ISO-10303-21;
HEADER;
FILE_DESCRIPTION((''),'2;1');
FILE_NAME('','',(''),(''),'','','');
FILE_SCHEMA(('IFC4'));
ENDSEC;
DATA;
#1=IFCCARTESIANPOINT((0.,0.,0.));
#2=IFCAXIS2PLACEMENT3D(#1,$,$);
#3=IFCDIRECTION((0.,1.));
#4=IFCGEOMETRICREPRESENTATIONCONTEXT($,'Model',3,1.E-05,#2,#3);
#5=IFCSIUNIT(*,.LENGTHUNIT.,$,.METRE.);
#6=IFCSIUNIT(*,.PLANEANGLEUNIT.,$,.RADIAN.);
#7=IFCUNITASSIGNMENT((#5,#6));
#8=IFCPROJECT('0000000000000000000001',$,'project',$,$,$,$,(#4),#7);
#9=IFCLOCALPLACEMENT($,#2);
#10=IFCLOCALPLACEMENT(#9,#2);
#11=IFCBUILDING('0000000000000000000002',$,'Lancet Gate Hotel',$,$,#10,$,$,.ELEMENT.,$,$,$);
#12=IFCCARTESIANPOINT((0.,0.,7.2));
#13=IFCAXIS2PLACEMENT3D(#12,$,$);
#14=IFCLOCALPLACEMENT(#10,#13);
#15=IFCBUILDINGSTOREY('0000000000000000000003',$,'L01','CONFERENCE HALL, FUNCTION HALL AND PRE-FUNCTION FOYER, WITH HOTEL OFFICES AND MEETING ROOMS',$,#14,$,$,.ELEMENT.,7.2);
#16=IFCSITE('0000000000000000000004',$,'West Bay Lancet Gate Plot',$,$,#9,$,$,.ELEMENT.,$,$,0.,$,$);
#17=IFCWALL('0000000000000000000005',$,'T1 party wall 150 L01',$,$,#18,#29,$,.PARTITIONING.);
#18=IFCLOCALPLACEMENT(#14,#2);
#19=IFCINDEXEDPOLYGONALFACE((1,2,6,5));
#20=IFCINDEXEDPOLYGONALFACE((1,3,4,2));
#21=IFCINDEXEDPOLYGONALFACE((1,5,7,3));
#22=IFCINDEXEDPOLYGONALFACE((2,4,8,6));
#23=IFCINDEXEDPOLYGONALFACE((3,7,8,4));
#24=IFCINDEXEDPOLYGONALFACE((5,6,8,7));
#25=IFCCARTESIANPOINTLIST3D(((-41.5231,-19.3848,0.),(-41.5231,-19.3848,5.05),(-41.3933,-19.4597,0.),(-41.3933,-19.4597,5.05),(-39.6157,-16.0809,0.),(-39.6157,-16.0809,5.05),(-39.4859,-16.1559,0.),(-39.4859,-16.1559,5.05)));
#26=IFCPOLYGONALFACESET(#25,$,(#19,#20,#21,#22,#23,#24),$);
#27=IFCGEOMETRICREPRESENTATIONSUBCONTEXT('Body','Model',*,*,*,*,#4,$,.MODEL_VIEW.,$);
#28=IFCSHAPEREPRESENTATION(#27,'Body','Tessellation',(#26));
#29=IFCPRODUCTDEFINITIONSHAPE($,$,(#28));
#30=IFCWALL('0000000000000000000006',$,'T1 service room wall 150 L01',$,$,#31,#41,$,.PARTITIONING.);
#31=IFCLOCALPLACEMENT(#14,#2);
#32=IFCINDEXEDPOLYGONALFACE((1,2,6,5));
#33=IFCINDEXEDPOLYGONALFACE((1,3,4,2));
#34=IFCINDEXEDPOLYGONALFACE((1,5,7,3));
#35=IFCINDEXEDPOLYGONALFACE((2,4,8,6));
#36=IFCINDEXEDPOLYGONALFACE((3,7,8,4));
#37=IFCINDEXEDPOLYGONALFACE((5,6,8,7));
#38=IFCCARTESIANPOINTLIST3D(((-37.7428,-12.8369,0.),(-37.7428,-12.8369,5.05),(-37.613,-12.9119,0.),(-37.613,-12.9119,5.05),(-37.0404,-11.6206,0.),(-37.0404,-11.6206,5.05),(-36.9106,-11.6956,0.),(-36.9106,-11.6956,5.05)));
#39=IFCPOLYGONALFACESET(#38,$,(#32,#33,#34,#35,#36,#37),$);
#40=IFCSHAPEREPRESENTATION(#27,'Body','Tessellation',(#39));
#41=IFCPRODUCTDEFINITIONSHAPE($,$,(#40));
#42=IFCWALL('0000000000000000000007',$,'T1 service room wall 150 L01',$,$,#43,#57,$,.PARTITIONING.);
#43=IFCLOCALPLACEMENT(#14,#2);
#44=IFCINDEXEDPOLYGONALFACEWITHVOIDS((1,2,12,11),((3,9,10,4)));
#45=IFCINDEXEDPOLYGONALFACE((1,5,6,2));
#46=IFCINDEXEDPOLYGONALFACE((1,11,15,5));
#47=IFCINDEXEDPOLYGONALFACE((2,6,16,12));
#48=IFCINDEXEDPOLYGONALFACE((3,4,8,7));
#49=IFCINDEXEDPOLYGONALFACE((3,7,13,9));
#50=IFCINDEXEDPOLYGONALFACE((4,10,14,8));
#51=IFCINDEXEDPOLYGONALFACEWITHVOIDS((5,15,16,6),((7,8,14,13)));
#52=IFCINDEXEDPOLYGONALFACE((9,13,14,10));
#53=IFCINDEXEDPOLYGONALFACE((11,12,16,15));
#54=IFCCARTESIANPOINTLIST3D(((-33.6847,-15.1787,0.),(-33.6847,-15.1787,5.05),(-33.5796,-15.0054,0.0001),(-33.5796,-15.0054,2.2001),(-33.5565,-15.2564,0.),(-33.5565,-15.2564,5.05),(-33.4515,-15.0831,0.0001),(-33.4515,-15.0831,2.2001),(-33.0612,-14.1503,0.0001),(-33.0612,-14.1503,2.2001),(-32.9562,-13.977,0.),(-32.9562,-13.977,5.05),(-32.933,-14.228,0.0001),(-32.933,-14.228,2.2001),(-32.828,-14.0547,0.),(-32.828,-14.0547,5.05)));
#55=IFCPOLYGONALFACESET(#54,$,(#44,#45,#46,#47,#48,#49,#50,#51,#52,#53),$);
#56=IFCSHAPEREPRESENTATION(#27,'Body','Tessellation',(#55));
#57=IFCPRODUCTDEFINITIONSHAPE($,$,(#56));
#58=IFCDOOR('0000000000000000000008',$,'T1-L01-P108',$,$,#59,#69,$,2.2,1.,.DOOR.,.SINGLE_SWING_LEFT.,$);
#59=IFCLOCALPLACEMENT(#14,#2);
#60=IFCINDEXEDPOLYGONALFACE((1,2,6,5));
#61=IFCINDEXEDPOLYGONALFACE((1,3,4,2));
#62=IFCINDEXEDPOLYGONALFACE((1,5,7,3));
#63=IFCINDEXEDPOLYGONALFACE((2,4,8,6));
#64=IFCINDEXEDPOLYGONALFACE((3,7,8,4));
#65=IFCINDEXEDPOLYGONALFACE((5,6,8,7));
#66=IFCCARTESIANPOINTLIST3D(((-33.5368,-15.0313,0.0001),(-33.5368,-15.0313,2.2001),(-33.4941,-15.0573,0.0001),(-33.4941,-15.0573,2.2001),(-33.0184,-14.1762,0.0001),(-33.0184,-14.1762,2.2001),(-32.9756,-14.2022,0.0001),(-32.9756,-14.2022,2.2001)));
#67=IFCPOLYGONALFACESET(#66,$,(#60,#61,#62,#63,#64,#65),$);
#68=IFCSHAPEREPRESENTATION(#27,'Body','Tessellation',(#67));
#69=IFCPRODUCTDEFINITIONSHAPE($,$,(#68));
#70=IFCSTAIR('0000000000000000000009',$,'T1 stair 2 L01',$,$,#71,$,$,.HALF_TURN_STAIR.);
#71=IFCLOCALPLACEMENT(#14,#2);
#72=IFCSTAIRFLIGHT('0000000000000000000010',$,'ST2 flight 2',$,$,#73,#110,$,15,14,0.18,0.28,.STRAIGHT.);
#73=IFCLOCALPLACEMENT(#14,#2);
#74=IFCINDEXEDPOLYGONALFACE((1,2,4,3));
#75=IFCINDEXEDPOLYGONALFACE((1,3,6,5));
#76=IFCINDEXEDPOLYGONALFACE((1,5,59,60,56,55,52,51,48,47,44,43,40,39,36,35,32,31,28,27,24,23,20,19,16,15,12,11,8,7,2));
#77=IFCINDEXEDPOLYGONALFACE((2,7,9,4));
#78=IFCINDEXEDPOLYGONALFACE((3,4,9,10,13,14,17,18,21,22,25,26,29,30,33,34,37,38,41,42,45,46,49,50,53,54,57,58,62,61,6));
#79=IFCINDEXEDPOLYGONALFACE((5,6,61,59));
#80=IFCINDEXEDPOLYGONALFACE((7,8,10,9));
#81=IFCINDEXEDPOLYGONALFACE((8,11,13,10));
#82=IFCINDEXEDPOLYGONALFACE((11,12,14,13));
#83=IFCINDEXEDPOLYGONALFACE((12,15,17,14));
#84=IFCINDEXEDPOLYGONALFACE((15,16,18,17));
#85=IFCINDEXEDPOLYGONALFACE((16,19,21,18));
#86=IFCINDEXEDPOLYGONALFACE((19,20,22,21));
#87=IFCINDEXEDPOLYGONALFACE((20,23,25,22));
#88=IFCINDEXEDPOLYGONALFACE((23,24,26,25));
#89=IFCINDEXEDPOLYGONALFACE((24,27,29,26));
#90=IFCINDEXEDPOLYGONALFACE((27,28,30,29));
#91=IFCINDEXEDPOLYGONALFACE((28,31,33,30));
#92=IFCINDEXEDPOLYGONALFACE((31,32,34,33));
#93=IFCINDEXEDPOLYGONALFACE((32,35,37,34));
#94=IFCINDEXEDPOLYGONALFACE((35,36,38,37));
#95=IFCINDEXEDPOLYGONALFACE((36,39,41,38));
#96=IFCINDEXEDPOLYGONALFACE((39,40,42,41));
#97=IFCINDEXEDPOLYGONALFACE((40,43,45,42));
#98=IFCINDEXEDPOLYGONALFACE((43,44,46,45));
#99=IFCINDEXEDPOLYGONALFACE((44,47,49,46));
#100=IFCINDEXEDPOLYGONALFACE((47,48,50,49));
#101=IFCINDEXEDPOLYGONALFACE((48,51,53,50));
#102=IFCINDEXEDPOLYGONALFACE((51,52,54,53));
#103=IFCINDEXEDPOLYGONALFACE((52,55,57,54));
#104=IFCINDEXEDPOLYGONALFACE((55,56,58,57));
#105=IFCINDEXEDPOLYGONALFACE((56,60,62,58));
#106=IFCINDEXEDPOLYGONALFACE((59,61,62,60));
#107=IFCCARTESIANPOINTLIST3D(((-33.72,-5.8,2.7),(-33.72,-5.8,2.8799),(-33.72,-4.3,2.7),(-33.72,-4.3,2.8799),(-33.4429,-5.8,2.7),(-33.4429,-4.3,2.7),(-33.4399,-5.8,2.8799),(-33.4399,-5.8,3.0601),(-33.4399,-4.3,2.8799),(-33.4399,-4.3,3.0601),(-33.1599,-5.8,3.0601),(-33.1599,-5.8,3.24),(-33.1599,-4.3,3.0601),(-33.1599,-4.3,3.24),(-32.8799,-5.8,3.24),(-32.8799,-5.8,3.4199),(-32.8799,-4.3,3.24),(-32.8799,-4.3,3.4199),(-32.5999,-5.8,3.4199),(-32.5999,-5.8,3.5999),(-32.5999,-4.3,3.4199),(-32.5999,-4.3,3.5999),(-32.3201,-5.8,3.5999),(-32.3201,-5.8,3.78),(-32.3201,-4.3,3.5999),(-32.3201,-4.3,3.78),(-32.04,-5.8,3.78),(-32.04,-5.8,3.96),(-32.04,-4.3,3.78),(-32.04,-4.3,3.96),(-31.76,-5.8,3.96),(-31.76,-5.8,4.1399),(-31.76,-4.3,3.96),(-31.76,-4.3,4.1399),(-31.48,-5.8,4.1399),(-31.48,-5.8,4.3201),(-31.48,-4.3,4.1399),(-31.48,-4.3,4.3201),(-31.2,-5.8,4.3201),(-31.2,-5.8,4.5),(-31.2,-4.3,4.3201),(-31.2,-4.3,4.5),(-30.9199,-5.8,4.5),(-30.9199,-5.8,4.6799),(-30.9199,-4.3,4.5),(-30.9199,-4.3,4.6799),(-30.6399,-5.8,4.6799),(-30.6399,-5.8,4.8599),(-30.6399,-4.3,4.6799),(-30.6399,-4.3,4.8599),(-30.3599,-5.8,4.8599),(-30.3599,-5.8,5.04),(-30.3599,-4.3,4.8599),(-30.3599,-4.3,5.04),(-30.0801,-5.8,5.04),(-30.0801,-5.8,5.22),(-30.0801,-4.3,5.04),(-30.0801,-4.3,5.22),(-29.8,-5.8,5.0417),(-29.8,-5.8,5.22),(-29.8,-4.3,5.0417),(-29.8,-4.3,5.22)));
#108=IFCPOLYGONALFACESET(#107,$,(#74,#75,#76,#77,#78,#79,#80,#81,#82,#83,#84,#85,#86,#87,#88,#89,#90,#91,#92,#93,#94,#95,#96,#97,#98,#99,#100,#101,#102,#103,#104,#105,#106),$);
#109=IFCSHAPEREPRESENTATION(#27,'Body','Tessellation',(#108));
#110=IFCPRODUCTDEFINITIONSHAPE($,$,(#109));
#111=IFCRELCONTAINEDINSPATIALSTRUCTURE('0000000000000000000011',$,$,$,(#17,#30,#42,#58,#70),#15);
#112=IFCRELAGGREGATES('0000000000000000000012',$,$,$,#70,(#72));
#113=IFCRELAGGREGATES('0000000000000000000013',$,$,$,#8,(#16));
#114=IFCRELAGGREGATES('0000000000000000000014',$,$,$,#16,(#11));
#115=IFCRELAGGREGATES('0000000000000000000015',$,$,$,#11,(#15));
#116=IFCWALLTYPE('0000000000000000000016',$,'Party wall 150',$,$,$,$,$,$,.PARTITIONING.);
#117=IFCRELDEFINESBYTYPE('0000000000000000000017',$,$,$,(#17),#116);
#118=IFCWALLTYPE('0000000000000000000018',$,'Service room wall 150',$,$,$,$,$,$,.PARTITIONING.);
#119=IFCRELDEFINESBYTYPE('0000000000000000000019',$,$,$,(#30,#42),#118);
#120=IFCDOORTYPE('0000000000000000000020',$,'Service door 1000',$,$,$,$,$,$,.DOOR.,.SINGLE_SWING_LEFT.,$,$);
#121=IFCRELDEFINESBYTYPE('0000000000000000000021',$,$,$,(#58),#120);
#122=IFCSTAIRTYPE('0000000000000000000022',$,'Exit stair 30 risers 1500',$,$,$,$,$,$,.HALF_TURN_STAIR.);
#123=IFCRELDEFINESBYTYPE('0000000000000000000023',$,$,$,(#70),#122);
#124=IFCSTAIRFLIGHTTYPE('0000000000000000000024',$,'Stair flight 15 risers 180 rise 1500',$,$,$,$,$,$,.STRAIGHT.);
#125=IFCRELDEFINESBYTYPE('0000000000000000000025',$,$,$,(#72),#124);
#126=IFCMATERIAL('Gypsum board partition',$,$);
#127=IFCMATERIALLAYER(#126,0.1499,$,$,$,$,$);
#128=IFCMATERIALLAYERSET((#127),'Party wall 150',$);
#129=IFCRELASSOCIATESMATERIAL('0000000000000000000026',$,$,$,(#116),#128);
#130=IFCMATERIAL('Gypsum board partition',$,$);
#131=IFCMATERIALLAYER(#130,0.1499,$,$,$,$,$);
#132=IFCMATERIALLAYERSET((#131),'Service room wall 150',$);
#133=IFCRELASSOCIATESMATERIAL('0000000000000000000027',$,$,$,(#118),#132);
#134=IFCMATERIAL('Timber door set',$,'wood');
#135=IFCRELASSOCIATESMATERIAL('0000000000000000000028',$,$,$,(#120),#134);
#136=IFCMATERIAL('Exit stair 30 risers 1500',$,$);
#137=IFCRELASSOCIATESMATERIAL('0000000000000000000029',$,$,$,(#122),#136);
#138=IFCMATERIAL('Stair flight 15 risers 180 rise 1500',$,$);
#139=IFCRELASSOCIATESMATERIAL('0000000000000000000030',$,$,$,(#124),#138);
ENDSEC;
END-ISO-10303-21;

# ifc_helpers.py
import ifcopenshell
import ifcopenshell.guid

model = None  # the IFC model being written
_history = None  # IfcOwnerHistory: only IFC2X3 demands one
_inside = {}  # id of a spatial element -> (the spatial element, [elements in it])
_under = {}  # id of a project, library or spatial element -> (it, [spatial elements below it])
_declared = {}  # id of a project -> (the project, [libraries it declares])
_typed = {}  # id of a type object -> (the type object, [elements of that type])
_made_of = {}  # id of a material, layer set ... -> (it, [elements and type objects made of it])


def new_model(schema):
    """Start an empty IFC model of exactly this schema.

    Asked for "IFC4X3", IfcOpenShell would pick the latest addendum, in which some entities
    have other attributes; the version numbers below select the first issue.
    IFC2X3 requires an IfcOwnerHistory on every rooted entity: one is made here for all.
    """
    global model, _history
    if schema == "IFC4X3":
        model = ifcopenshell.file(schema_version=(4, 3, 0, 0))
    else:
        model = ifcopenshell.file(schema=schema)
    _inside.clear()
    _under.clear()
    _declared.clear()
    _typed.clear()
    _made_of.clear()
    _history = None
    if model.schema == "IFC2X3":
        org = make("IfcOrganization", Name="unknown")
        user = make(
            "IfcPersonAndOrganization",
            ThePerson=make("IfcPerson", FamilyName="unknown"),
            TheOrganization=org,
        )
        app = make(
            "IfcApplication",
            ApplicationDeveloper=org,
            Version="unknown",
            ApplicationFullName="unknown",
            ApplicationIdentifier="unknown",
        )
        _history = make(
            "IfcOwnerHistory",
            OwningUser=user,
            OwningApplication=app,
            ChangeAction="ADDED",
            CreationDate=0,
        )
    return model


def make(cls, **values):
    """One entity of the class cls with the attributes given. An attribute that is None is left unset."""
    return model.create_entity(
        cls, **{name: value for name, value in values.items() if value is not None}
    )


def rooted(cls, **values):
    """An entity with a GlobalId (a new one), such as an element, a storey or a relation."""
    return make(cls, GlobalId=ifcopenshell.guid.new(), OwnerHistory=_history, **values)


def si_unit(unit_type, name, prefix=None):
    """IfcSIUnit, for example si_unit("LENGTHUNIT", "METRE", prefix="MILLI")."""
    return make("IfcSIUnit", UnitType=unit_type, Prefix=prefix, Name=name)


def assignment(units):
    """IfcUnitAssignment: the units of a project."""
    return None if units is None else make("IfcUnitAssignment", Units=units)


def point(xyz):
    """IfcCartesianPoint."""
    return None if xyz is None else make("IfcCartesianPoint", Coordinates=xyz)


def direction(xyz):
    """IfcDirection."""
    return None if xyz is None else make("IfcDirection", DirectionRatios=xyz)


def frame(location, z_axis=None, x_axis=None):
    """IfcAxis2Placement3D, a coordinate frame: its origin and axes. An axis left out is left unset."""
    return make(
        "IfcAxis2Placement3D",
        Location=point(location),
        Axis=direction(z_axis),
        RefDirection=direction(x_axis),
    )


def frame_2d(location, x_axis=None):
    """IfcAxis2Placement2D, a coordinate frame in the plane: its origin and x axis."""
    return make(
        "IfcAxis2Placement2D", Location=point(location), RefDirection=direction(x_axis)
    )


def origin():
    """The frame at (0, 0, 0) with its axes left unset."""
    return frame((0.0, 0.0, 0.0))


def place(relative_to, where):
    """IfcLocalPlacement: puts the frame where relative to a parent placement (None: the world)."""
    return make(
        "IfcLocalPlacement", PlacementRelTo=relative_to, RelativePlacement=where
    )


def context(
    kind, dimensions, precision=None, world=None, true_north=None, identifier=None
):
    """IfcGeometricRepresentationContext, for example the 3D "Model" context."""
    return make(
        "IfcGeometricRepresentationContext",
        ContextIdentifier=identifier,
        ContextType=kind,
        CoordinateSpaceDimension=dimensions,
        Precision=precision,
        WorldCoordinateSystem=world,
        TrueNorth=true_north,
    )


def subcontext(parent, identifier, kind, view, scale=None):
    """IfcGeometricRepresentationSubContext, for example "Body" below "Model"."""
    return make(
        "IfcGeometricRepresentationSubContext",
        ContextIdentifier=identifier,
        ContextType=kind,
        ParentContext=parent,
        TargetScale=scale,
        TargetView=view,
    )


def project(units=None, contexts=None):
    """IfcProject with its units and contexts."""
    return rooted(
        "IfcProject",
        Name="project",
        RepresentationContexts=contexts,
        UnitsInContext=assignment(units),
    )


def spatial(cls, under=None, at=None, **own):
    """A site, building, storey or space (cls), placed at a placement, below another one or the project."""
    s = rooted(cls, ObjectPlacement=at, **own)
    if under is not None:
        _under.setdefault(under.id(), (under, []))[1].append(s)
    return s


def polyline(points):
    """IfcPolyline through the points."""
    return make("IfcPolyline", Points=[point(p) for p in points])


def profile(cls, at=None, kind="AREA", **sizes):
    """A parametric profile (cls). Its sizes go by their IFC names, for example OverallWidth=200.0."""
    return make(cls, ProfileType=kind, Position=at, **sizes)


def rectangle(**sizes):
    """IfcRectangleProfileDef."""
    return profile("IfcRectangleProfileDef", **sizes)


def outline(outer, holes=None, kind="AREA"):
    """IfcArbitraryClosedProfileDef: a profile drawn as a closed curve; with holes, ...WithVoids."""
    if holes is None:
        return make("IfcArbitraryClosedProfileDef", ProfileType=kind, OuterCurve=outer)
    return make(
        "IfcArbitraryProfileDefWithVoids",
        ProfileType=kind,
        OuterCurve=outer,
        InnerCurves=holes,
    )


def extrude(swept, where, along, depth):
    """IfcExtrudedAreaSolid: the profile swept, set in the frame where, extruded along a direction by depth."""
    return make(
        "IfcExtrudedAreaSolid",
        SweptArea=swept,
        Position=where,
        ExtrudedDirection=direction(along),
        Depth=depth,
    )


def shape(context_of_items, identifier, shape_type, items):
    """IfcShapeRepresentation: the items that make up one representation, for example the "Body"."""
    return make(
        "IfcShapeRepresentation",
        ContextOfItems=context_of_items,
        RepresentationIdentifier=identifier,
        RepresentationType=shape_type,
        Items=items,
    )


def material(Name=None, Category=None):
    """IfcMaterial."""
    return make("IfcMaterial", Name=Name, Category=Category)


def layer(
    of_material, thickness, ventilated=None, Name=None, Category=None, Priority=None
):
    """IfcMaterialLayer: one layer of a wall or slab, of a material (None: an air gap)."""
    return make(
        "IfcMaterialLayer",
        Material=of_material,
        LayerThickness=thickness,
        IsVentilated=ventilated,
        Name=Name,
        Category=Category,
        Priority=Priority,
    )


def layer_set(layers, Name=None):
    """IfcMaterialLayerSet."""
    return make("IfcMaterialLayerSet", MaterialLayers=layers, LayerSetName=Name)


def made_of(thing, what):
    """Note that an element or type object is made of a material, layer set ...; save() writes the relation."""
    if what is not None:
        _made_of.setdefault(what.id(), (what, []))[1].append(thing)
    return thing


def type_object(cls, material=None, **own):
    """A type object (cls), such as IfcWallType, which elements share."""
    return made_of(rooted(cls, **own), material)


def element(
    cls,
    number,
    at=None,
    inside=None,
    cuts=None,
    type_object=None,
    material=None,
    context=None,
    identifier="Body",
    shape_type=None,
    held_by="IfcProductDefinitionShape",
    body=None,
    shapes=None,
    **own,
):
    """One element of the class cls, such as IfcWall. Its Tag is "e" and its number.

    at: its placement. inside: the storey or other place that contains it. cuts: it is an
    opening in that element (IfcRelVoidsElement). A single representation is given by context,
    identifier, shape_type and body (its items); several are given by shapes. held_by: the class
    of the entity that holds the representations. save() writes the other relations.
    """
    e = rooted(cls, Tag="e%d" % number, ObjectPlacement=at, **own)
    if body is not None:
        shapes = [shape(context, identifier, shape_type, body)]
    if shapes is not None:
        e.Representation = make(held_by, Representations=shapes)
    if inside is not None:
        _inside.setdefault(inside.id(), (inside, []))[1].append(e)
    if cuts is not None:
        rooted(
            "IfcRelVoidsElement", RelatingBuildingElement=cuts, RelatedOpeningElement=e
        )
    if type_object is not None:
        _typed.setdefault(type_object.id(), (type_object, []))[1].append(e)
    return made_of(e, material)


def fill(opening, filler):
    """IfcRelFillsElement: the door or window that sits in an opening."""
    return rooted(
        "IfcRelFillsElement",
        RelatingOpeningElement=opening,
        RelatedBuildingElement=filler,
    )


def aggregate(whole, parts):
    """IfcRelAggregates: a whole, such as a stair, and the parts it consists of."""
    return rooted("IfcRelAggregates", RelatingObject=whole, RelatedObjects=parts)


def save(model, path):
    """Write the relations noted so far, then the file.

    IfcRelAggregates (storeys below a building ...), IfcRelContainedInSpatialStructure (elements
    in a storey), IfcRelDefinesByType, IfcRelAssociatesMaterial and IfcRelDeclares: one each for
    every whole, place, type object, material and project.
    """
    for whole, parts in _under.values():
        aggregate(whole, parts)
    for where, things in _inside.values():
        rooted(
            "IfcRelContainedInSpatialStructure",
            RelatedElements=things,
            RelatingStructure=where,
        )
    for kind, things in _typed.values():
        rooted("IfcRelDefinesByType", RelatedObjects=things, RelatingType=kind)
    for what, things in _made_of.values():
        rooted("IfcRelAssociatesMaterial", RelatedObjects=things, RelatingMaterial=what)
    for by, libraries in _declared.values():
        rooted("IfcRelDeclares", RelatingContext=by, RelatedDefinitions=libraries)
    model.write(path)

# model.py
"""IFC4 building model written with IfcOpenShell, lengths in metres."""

from ifc_helpers import new_model, si_unit, direction, frame, frame_2d, origin, place, context, subcontext, project, spatial, polyline, rectangle, outline, extrude, material, layer, layer_set, type_object, element, fill, aggregate, save


model = new_model("IFC4")

# Units and contexts
model_context = context("Model", 3, precision=1e-05, world=origin(), true_north=direction((0.0, 1.0)))
body_context = subcontext(model_context, "Body", "Model", "MODEL_VIEW")
ifc_project = project(units=[si_unit("LENGTHUNIT", "METRE"), si_unit("PLANEANGLEUNIT", "RADIAN")], contexts=[model_context])

# Site, building, storey
site_placement = place(None, origin())
site = spatial("IfcSite", under=ifc_project, at=site_placement, Name="West Bay Lancet Gate Plot", CompositionType="ELEMENT", RefElevation=0.0)
building_placement = place(site_placement, origin())
building = spatial("IfcBuilding", under=site, at=building_placement, Name="Lancet Gate Hotel", CompositionType="ELEMENT")
storey_placement = place(building_placement, frame((0.0, 0.0, 7.2)))
storey = spatial("IfcBuildingStorey", under=building, at=storey_placement, Name="L01", Description="CONFERENCE HALL, FUNCTION HALL AND PRE-FUNCTION FOYER, WITH HOTEL OFFICES AND MEETING ROOMS", CompositionType="ELEMENT", Elevation=7.2)

# Walls
ifc_material_1 = material(Name="Gypsum board partition")
ifc_layer_1 = layer(ifc_material_1, 0.1499)
ifc_layer_set_1 = layer_set([ifc_layer_1], Name="Party wall 150")
wall_type_1 = type_object("IfcWallType", Name="Party wall 150", PredefinedType="PARTITIONING", material=ifc_layer_set_1)
wall_1_placement = place(storey_placement, frame((-39.5508, -16.1184, 0.0), z_axis=(0.0, 0.0, 1.0), x_axis=(-0.499987, -0.866033, 0.0)))
element("IfcWall", 1, at=wall_1_placement, inside=storey, type_object=wall_type_1, Name="T1 party wall 150 L01", PredefinedType="PARTITIONING", context=body_context, shape_type="SweptSolid", body=[
    extrude(rectangle(XDim=3.8149, YDim=0.1499, at=frame_2d((1.9075, 0.0))), origin(), (0.0, 0.0, 1.0), 5.05),
])
ifc_material_2 = material(Name="Gypsum board partition")
ifc_layer_2 = layer(ifc_material_2, 0.1499)
ifc_layer_set_2 = layer_set([ifc_layer_2], Name="Service room wall 150")
wall_type_2 = type_object("IfcWallType", Name="Service room wall 150", PredefinedType="PARTITIONING", material=ifc_layer_set_2)
wall_2_placement = place(storey_placement, frame((-36.9756, -11.6582, 0.0), z_axis=(0.0, 0.0, 1.0), x_axis=(-0.500084, -0.865977, 0.0)))
element("IfcWall", 2, at=wall_2_placement, inside=storey, type_object=wall_type_2, Name="T1 service room wall 150 L01", PredefinedType="PARTITIONING", context=body_context, shape_type="SweptSolid", body=[
    extrude(rectangle(XDim=1.4045, YDim=0.1499, at=frame_2d((0.7021, 0.0))), origin(), (0.0, 0.0, 1.0), 5.05),
])

# Wall, opening, door
wall_3_placement = place(storey_placement, frame((-33.6206, -15.2175, 0.0), z_axis=(0.0, 0.0, 1.0), x_axis=(0.518425, 0.855123, 0.0)))
wall_3 = element("IfcWall", 3, at=wall_3_placement, inside=storey, type_object=wall_type_2, Name="T1 service room wall 150 L01", PredefinedType="PARTITIONING", context=body_context, shape_type="SweptSolid", body=[
    extrude(rectangle(XDim=1.4053, YDim=0.1499, at=frame_2d((0.7026, 0.0))), origin(), (0.0, 0.0, 1.0), 5.05),
])
opening_1_placement = place(wall_3_placement, frame((0.2026, 0.0, 0.0)))
opening_1 = element("IfcOpeningElement", 4, at=opening_1_placement, cuts=wall_3, PredefinedType="OPENING", context=body_context, shape_type="SweptSolid", body=[
    extrude(rectangle(XDim=1.0, YDim=2.2, at=frame_2d((0.5, 1.1001))), frame((0.0, 0.085, 0.0), z_axis=(0.0, -1.0, 0.0), x_axis=(1.0, 0.0, 0.0)), (0.0, 0.0, 1.0), 0.1699),
])
ifc_material_3 = material(Name="Timber door set", Category="wood")
door_type_1 = type_object("IfcDoorType", Name="Service door 1000", OperationType="SINGLE_SWING_LEFT", PredefinedType="DOOR", material=ifc_material_3)
door_1_placement = place(opening_1_placement, origin())
door_1 = element("IfcDoor", 5, at=door_1_placement, inside=storey, type_object=door_type_1, Name="T1-L01-P108", OperationType="SINGLE_SWING_LEFT", OverallHeight=2.2, OverallWidth=1.0, PredefinedType="DOOR", context=body_context, shape_type="SweptSolid", body=[
    extrude(rectangle(XDim=1.0, YDim=2.2, at=frame_2d((0.5, 1.1001))), frame((0.0, 0.0249, 0.0), z_axis=(0.0, -1.0, 0.0), x_axis=(1.0, 0.0, 0.0)), (0.0, 0.0, 1.0), 0.05),
])
fill(opening_1, door_1)

# Stair, stair flight
ifc_material_4 = material(Name="Exit stair 30 risers 1500")
stair_type = type_object("IfcStairType", Name="Exit stair 30 risers 1500", PredefinedType="HALF_TURN_STAIR", material=ifc_material_4)
stair_placement = place(storey_placement, origin())
stair = element("IfcStair", 6, at=stair_placement, inside=storey, type_object=stair_type, Name="T1 stair 2 L01", PredefinedType="HALF_TURN_STAIR")
ifc_material_5 = material(Name="Stair flight 15 risers 180 rise 1500")
stair_flight_type = type_object("IfcStairFlightType", Name="Stair flight 15 risers 180 rise 1500", PredefinedType="STRAIGHT", material=ifc_material_5)
stair_flight_placement = place(storey_placement, frame((-33.72, -5.05, 2.7), z_axis=(0.0, 0.0, 1.0), x_axis=(1.0, 0.0, 0.0)))
stair_flight = element("IfcStairFlight", 7, at=stair_flight_placement, type_object=stair_flight_type, Name="ST2 flight 2", NumberOfRisers=15, NumberOfTreads=14, PredefinedType="STRAIGHT", RiserHeight=0.18, TreadLength=0.28, context=body_context, shape_type="SweptSolid", body=[
    extrude(outline(polyline([(0.0, 0.0), (0.0, 0.1799), (0.28, 0.1799), (0.28, 0.3601), (0.5601, 0.3601), (0.5601, 0.54), (0.8401, 0.54), (0.8401, 0.72), (1.1201, 0.72), (1.1201, 0.8999), (1.3999, 0.8999), (1.3999, 1.0801), (1.6799, 1.0801), (1.6799, 1.26), (1.96, 1.26), (1.96, 1.4399), (2.24, 1.4399), (2.24, 1.6201), (2.52, 1.6201), (2.52, 1.8), (2.8, 1.8), (2.8, 1.98), (3.0801, 1.98), (3.0801, 2.1599), (3.3601, 2.1599), (3.3601, 2.3401), (3.6399, 2.3401), (3.6399, 2.52), (3.9199, 2.52), (3.9199, 2.7), (3.9199, 2.3418), (0.2771, 0.0), (0.0, 0.0)])), frame((0.0, 0.75, 0.0), z_axis=(0.0, -1.0, 0.0), x_axis=(1.0, 0.0, 0.0)), (0.0, 0.0, 1.0), 1.5),
])
aggregate(stair, [stair_flight])

save(model, "model.ifc")
